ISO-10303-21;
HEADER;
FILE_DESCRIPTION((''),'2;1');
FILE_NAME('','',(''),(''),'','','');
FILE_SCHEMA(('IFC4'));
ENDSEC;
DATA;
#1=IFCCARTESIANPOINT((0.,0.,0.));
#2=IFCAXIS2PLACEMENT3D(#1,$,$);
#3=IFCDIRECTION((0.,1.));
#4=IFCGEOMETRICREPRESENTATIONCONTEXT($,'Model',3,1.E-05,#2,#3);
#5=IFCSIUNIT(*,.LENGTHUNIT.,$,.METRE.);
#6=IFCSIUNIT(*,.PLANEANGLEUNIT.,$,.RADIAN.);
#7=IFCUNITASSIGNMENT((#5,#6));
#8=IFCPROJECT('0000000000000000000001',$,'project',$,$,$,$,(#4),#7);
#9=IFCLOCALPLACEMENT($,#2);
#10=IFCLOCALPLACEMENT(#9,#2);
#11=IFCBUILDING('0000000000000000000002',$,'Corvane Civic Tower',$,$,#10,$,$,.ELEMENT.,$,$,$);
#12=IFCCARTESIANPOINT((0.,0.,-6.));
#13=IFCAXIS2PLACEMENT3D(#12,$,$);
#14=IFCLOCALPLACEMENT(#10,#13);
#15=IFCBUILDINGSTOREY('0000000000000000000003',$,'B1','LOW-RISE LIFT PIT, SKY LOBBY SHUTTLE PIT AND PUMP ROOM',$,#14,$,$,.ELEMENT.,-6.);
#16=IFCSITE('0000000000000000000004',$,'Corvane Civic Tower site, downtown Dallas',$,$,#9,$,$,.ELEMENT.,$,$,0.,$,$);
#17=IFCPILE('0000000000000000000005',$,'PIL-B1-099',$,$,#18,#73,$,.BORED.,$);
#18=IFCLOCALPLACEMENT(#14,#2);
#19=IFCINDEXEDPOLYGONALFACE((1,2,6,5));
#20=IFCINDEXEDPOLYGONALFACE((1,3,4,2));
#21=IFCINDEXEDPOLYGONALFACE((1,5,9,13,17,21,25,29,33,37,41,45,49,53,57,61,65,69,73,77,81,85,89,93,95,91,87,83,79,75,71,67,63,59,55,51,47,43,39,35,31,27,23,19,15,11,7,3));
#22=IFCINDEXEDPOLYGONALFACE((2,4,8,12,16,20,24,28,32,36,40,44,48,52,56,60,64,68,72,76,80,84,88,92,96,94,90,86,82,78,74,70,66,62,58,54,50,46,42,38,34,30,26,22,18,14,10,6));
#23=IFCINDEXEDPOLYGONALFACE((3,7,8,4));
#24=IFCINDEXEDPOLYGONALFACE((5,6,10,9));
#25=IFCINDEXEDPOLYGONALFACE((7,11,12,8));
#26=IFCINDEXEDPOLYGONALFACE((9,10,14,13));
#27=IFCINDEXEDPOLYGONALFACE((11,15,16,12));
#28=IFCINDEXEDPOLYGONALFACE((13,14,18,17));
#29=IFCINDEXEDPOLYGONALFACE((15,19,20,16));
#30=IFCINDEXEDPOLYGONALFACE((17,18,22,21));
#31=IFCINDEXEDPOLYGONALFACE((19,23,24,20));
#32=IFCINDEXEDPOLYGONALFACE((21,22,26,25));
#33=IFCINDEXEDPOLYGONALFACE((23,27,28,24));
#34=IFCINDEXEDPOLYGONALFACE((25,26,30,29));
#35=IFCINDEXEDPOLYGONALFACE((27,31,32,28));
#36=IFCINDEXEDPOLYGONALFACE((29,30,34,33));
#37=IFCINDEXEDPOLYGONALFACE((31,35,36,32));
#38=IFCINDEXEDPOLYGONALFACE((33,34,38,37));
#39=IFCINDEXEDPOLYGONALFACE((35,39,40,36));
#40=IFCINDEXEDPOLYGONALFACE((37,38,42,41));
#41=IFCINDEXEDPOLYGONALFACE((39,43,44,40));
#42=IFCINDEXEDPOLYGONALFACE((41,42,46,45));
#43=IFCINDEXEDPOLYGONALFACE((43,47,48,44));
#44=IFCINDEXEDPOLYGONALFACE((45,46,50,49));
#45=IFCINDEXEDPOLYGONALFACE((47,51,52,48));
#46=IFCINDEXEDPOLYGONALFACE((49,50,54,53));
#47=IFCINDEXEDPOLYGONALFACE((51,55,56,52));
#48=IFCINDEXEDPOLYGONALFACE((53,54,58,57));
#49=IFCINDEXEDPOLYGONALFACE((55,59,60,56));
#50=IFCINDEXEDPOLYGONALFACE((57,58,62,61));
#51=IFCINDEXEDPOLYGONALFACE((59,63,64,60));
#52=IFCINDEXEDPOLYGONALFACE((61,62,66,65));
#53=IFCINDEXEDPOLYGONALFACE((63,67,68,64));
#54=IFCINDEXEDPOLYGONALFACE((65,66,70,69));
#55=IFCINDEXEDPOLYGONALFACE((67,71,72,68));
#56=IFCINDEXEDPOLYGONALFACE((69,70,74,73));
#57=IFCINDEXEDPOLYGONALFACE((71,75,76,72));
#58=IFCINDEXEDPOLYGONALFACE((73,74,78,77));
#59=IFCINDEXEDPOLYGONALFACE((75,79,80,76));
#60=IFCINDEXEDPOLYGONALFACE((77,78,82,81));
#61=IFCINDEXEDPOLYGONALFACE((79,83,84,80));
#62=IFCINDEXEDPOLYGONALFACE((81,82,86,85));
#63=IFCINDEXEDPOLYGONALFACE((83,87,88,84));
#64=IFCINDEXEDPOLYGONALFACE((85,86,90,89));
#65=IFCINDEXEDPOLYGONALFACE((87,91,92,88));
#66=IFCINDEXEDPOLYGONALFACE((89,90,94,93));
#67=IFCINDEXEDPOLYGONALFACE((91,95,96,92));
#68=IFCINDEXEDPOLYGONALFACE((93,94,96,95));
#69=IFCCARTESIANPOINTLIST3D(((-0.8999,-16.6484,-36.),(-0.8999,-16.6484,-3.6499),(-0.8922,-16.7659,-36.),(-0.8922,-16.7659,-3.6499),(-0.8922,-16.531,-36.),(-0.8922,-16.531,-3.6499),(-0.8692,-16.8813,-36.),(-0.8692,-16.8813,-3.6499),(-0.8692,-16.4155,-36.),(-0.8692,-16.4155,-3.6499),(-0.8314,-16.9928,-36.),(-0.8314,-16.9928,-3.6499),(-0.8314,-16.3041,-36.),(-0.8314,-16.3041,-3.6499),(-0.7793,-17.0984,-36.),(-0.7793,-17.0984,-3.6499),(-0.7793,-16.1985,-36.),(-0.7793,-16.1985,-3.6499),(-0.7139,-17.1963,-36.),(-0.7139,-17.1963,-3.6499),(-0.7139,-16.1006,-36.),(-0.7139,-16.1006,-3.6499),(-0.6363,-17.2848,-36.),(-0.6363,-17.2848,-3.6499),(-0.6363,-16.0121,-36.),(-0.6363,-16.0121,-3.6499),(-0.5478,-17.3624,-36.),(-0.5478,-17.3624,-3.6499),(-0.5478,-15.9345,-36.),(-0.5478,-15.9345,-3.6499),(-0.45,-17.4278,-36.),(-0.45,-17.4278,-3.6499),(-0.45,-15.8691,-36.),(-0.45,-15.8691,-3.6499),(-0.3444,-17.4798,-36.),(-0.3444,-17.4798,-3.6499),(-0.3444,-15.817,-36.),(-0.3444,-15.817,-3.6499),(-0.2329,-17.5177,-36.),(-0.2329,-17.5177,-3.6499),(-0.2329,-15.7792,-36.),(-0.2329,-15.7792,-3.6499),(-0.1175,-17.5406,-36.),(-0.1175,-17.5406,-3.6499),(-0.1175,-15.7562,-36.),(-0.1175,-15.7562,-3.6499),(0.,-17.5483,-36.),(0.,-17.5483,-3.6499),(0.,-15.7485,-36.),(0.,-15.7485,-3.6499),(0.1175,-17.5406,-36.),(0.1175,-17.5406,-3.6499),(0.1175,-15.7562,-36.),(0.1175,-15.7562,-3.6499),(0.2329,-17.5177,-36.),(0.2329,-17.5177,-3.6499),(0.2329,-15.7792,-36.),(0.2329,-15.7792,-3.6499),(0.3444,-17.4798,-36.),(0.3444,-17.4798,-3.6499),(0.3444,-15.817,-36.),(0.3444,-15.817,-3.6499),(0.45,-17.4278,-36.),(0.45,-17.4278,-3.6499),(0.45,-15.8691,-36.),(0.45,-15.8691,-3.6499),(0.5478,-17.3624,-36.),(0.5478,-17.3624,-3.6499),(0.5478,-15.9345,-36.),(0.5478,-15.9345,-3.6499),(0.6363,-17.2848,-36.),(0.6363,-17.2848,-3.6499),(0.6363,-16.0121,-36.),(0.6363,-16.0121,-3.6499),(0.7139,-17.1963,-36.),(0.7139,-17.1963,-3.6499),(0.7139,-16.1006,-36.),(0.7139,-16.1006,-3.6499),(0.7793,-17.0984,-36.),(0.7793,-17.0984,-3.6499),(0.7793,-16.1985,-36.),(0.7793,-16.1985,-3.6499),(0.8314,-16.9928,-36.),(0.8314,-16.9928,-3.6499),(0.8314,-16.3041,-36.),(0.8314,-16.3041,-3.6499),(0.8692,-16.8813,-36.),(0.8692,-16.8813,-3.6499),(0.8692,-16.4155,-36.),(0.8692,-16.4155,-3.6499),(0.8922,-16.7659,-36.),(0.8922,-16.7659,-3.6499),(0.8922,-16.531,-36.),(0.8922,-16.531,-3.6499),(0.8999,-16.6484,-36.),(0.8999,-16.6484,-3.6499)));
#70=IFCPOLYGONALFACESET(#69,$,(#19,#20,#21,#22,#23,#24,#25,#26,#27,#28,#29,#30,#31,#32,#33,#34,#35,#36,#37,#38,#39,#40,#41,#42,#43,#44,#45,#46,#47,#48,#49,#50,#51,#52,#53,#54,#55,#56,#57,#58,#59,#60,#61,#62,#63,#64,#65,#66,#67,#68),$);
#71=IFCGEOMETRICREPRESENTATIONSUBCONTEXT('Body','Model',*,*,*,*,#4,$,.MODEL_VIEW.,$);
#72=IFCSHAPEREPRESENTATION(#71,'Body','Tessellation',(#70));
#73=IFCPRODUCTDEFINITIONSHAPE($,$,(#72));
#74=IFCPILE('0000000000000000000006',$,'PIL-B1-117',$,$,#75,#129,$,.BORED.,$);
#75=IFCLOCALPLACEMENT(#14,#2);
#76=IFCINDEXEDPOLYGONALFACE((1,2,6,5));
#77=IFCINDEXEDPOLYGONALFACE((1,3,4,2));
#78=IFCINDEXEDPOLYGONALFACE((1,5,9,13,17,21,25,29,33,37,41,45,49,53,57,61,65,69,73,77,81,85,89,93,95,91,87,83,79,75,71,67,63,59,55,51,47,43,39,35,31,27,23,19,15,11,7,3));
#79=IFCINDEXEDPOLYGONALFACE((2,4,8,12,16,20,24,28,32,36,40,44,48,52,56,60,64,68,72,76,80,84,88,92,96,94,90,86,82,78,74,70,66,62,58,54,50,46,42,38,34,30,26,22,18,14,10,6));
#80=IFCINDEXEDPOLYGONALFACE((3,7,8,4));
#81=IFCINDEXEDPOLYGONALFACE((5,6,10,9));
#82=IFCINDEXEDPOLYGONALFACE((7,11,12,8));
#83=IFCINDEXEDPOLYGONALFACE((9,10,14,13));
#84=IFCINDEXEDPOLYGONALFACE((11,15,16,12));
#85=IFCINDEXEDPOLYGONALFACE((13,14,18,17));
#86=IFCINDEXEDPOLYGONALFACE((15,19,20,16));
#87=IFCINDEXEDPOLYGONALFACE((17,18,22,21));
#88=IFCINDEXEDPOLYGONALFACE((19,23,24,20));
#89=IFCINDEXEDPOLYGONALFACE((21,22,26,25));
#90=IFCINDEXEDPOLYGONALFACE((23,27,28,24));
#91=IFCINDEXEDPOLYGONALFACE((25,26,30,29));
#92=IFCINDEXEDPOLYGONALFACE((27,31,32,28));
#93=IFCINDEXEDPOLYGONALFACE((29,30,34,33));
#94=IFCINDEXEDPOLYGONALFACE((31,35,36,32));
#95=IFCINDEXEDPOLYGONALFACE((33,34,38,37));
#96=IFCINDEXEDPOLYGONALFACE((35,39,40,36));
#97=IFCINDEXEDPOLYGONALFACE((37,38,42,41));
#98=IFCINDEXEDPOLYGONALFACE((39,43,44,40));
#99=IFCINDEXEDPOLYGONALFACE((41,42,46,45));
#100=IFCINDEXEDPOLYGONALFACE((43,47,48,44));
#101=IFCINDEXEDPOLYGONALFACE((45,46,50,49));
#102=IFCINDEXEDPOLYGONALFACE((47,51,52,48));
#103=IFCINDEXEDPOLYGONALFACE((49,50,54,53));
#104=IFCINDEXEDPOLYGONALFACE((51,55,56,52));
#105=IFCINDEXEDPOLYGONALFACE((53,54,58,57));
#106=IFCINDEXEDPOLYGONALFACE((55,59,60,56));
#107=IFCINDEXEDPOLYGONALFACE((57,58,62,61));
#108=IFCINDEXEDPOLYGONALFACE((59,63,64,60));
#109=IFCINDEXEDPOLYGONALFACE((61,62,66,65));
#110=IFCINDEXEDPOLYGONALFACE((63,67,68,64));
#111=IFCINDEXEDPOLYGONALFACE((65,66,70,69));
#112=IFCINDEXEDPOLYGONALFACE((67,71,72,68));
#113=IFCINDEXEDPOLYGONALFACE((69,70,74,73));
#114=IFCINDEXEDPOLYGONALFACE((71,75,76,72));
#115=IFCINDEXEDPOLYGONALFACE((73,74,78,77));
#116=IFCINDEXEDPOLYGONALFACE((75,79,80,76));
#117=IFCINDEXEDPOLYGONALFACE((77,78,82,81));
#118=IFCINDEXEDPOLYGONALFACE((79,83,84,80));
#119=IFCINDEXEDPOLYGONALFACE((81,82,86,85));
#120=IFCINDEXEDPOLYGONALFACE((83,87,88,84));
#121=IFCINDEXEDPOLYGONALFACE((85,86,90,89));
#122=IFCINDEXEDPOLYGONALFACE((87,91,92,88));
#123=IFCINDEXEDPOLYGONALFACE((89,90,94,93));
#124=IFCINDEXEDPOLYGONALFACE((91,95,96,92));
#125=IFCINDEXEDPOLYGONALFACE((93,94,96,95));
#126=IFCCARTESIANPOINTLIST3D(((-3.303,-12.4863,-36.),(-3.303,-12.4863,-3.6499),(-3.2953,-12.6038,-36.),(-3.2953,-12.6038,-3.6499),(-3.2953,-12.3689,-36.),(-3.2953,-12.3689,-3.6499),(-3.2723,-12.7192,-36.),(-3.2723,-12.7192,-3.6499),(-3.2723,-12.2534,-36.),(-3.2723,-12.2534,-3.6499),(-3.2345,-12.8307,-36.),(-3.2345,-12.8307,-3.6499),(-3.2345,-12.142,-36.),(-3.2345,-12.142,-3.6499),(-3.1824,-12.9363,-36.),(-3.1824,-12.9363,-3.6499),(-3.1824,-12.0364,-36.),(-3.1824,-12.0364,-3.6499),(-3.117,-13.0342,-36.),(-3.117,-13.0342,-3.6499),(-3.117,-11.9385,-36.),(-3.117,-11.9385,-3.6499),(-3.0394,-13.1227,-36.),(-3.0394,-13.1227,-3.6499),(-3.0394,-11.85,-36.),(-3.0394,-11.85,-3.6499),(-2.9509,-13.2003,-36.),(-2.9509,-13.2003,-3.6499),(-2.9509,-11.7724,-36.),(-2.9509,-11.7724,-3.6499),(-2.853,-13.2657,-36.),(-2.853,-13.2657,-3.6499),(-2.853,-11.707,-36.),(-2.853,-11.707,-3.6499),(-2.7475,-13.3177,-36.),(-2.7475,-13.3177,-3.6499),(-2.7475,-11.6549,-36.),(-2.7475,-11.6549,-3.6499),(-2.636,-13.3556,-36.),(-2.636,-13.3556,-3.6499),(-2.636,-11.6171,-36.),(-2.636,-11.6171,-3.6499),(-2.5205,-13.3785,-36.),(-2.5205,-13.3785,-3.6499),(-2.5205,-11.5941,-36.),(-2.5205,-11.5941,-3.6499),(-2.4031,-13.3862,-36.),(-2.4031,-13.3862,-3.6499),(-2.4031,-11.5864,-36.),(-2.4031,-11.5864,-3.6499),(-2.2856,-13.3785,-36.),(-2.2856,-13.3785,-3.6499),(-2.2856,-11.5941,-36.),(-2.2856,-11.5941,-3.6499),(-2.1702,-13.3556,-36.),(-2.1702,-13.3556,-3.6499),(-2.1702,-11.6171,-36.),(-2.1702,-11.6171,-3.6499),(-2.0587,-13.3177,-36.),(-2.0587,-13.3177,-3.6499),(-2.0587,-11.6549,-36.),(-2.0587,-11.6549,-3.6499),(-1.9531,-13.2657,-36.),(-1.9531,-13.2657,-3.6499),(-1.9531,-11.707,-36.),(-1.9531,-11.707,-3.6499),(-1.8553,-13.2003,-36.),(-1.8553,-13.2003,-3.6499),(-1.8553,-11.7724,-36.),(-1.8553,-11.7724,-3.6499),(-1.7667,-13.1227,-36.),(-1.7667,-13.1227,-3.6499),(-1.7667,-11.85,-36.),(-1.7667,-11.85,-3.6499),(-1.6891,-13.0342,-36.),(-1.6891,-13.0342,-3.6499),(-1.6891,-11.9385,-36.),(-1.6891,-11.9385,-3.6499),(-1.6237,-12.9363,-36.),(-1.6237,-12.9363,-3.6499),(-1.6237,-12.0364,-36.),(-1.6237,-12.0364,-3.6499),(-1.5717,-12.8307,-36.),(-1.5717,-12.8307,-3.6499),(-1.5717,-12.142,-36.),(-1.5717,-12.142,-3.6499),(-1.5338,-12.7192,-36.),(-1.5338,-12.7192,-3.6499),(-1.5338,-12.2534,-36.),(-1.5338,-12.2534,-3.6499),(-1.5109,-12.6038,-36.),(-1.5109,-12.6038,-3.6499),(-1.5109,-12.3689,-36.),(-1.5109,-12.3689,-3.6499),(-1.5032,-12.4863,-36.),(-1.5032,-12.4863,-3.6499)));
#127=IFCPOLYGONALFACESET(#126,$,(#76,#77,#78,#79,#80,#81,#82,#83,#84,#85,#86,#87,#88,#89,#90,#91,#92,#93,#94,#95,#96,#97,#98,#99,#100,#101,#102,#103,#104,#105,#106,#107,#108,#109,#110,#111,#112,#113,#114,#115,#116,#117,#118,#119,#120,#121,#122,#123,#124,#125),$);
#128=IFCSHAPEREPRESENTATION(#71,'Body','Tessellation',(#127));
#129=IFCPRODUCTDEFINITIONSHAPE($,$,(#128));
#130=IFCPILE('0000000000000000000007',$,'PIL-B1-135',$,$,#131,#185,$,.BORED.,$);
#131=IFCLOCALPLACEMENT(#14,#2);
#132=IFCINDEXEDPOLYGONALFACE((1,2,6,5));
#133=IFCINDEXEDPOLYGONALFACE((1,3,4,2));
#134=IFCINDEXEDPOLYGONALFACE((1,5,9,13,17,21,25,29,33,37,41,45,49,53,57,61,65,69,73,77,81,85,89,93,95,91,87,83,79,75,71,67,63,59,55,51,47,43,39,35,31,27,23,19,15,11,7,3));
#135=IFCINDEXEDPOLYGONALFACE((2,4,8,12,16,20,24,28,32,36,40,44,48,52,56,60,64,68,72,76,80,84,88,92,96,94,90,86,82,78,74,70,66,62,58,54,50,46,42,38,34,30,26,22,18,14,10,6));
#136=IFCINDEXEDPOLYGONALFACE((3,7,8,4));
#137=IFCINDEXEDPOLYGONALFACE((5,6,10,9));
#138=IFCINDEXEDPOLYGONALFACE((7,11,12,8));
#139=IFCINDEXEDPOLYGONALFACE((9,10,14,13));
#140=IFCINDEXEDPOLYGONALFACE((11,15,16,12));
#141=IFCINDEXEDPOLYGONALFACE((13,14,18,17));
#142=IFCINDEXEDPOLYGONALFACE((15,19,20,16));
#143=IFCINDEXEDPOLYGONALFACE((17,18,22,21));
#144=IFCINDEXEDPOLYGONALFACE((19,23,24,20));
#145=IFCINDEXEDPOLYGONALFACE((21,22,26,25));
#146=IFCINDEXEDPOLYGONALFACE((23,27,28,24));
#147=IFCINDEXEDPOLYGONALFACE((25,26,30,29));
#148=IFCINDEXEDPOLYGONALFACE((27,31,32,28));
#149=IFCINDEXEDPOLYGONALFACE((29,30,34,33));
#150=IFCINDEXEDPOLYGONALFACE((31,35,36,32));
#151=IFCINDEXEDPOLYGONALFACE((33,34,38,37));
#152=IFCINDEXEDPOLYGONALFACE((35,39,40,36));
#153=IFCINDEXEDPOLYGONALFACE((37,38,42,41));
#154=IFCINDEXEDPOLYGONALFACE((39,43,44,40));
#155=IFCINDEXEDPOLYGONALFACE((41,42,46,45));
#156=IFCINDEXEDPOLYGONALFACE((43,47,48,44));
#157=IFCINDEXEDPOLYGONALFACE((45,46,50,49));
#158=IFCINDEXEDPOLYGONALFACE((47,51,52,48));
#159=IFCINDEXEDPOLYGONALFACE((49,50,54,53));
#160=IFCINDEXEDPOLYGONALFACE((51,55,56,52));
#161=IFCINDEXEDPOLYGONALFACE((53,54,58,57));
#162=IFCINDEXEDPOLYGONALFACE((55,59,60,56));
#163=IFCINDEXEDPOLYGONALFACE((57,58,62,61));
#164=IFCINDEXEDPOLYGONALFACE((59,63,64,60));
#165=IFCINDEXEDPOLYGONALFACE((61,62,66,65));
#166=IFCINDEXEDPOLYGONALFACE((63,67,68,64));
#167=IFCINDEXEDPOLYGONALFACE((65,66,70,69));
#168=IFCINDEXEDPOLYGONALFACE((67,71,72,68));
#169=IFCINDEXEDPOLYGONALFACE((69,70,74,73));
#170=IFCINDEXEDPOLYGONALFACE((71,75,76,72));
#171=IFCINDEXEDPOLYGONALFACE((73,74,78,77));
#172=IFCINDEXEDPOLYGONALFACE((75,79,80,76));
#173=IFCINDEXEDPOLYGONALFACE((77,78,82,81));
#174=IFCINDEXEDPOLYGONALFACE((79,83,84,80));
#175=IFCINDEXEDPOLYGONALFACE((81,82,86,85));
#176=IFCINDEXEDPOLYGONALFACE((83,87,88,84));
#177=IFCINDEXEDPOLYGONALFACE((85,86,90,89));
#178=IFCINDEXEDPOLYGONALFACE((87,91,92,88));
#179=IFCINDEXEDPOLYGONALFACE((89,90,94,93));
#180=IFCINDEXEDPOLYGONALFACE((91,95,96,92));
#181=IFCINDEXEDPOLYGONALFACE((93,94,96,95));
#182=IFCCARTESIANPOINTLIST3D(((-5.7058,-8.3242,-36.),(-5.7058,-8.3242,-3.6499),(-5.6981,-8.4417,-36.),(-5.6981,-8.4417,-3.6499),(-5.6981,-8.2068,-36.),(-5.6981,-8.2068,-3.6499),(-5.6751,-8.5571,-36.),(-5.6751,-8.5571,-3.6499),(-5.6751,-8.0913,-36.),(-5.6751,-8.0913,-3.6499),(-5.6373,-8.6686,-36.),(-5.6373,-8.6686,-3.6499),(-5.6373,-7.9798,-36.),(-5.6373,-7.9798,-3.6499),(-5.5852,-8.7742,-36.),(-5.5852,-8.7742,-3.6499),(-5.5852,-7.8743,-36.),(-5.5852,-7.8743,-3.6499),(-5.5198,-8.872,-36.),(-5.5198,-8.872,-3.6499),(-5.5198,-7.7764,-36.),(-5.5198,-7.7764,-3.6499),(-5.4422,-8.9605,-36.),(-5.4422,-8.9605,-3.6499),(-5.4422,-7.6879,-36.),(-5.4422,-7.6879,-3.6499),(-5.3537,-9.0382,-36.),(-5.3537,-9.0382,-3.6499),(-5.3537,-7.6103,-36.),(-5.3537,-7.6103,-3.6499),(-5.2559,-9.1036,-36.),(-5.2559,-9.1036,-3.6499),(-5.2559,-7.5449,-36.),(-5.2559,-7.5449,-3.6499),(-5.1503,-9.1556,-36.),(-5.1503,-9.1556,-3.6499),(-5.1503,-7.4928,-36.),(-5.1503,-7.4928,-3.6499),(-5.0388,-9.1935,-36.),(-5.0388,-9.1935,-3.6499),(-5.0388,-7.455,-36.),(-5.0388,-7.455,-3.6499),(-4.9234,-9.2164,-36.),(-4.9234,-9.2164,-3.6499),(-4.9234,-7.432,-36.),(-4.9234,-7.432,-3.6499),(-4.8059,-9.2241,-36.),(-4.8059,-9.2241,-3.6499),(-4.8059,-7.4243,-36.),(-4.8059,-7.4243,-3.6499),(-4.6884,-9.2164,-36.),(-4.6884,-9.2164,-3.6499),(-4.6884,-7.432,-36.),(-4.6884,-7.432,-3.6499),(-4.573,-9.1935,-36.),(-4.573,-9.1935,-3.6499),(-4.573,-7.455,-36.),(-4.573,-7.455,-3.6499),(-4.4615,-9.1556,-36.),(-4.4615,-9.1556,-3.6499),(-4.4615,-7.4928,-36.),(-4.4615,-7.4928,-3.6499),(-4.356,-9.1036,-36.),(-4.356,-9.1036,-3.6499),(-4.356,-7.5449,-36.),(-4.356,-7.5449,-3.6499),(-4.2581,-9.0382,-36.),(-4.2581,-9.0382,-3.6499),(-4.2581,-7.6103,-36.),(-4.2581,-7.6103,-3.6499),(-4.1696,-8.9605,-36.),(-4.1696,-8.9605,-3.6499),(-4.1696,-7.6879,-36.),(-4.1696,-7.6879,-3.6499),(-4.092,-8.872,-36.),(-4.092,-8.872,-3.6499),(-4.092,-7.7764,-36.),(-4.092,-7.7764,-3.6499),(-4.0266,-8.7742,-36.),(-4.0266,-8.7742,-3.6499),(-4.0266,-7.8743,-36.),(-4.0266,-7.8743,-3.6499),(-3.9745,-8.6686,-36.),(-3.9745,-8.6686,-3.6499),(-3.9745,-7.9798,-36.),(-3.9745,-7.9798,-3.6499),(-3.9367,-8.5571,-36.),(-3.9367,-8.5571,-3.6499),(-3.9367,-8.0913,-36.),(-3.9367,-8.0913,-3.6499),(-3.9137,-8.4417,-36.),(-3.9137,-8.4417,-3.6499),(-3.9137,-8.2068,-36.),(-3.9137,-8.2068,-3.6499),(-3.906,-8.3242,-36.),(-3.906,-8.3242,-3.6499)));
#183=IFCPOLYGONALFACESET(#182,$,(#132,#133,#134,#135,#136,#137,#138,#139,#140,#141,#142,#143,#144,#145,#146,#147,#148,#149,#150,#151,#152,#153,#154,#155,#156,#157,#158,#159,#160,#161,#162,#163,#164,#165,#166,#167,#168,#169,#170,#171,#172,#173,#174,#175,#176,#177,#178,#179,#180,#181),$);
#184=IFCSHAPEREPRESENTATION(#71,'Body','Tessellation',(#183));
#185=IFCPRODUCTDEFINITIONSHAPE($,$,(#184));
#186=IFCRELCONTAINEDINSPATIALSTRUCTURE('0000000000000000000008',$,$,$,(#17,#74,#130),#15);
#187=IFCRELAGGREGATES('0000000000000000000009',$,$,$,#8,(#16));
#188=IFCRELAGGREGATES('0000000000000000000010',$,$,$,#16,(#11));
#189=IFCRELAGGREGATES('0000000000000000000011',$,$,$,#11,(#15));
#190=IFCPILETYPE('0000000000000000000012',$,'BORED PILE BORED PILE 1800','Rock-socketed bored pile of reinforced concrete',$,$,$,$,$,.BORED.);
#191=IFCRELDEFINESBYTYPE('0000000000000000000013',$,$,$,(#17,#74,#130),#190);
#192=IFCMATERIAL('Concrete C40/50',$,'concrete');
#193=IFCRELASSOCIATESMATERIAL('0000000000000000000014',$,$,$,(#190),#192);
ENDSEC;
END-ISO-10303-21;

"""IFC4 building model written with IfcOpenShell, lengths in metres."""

from ifc_helpers import new_model, si_unit, direction, frame, origin, origin_2d, place, context, subcontext, project, spatial, circle, extrude, material, material_profile, profile_set, type_object, element, save


model = new_model("IFC4")

# Units and contexts
model_context = context("Model", 3, precision=1e-05, world=origin(), true_north=direction((0.0, 1.0)))
body_context = subcontext(model_context, "Body", "Model", "MODEL_VIEW")
ifc_project = project(units=[si_unit("LENGTHUNIT", "METRE"), si_unit("PLANEANGLEUNIT", "RADIAN")], contexts=[model_context])

# Site, building, storey
site_placement = place(None, origin())
site = spatial("IfcSite", under=ifc_project, at=site_placement, Name="Corvane Civic Tower site, downtown Dallas", CompositionType="ELEMENT", RefElevation=0.0)
building_placement = place(site_placement, origin())
building = spatial("IfcBuilding", under=site, at=building_placement, Name="Corvane Civic Tower", CompositionType="ELEMENT")
storey_placement = place(building_placement, frame((0.0, 0.0, -6.0)))
storey = spatial("IfcBuildingStorey", under=building, at=storey_placement, Name="B1", Description="LOW-RISE LIFT PIT, SKY LOBBY SHUTTLE PIT AND PUMP ROOM", CompositionType="ELEMENT", Elevation=-6.0)

# Piles
ifc_material_1 = material(Name="Concrete C40/50", Category="concrete")
ifc_material_profile = material_profile(ifc_material_1, circle(Radius=0.8999, at=origin_2d()), Name="BORED PILE 1800")
ifc_profile_set = profile_set([ifc_material_profile], Name="Concrete C40/50")
pile_type = type_object("IfcPileType", Name="BORED PILE BORED PILE 1800", Description="Rock-socketed bored pile of reinforced concrete", PredefinedType="BORED", material=ifc_profile_set)
for number, where, z_axis, x_axis, name in (
    (1, (0.0, -16.6484, -3.6499), (0.0, 0.0, -1.0), (1.0, 0.0, 0.0), "PIL-B1-099"),
    (2, (-2.4031, -12.4863, -3.6499), (0.0, 0.0, -1.0), (1.0, 0.0, 0.0), "PIL-B1-117"),
    (3, (-4.8059, -8.3242, -3.6499), (0.0, 0.0, -1.0), (1.0, 0.0, 0.0), "PIL-B1-135"),
):
    element("IfcPile", number, at=place(storey_placement, frame(where, z_axis=z_axis, x_axis=x_axis)), inside=storey, type_object=pile_type, Name=name, PredefinedType="BORED", context=body_context, shape_type="SweptSolid", body=[
        extrude(circle(Radius=0.8999, at=origin_2d()), origin(), (0.0, 0.0, 1.0), 32.3501),
    ])

save(model, "model.ifc")
